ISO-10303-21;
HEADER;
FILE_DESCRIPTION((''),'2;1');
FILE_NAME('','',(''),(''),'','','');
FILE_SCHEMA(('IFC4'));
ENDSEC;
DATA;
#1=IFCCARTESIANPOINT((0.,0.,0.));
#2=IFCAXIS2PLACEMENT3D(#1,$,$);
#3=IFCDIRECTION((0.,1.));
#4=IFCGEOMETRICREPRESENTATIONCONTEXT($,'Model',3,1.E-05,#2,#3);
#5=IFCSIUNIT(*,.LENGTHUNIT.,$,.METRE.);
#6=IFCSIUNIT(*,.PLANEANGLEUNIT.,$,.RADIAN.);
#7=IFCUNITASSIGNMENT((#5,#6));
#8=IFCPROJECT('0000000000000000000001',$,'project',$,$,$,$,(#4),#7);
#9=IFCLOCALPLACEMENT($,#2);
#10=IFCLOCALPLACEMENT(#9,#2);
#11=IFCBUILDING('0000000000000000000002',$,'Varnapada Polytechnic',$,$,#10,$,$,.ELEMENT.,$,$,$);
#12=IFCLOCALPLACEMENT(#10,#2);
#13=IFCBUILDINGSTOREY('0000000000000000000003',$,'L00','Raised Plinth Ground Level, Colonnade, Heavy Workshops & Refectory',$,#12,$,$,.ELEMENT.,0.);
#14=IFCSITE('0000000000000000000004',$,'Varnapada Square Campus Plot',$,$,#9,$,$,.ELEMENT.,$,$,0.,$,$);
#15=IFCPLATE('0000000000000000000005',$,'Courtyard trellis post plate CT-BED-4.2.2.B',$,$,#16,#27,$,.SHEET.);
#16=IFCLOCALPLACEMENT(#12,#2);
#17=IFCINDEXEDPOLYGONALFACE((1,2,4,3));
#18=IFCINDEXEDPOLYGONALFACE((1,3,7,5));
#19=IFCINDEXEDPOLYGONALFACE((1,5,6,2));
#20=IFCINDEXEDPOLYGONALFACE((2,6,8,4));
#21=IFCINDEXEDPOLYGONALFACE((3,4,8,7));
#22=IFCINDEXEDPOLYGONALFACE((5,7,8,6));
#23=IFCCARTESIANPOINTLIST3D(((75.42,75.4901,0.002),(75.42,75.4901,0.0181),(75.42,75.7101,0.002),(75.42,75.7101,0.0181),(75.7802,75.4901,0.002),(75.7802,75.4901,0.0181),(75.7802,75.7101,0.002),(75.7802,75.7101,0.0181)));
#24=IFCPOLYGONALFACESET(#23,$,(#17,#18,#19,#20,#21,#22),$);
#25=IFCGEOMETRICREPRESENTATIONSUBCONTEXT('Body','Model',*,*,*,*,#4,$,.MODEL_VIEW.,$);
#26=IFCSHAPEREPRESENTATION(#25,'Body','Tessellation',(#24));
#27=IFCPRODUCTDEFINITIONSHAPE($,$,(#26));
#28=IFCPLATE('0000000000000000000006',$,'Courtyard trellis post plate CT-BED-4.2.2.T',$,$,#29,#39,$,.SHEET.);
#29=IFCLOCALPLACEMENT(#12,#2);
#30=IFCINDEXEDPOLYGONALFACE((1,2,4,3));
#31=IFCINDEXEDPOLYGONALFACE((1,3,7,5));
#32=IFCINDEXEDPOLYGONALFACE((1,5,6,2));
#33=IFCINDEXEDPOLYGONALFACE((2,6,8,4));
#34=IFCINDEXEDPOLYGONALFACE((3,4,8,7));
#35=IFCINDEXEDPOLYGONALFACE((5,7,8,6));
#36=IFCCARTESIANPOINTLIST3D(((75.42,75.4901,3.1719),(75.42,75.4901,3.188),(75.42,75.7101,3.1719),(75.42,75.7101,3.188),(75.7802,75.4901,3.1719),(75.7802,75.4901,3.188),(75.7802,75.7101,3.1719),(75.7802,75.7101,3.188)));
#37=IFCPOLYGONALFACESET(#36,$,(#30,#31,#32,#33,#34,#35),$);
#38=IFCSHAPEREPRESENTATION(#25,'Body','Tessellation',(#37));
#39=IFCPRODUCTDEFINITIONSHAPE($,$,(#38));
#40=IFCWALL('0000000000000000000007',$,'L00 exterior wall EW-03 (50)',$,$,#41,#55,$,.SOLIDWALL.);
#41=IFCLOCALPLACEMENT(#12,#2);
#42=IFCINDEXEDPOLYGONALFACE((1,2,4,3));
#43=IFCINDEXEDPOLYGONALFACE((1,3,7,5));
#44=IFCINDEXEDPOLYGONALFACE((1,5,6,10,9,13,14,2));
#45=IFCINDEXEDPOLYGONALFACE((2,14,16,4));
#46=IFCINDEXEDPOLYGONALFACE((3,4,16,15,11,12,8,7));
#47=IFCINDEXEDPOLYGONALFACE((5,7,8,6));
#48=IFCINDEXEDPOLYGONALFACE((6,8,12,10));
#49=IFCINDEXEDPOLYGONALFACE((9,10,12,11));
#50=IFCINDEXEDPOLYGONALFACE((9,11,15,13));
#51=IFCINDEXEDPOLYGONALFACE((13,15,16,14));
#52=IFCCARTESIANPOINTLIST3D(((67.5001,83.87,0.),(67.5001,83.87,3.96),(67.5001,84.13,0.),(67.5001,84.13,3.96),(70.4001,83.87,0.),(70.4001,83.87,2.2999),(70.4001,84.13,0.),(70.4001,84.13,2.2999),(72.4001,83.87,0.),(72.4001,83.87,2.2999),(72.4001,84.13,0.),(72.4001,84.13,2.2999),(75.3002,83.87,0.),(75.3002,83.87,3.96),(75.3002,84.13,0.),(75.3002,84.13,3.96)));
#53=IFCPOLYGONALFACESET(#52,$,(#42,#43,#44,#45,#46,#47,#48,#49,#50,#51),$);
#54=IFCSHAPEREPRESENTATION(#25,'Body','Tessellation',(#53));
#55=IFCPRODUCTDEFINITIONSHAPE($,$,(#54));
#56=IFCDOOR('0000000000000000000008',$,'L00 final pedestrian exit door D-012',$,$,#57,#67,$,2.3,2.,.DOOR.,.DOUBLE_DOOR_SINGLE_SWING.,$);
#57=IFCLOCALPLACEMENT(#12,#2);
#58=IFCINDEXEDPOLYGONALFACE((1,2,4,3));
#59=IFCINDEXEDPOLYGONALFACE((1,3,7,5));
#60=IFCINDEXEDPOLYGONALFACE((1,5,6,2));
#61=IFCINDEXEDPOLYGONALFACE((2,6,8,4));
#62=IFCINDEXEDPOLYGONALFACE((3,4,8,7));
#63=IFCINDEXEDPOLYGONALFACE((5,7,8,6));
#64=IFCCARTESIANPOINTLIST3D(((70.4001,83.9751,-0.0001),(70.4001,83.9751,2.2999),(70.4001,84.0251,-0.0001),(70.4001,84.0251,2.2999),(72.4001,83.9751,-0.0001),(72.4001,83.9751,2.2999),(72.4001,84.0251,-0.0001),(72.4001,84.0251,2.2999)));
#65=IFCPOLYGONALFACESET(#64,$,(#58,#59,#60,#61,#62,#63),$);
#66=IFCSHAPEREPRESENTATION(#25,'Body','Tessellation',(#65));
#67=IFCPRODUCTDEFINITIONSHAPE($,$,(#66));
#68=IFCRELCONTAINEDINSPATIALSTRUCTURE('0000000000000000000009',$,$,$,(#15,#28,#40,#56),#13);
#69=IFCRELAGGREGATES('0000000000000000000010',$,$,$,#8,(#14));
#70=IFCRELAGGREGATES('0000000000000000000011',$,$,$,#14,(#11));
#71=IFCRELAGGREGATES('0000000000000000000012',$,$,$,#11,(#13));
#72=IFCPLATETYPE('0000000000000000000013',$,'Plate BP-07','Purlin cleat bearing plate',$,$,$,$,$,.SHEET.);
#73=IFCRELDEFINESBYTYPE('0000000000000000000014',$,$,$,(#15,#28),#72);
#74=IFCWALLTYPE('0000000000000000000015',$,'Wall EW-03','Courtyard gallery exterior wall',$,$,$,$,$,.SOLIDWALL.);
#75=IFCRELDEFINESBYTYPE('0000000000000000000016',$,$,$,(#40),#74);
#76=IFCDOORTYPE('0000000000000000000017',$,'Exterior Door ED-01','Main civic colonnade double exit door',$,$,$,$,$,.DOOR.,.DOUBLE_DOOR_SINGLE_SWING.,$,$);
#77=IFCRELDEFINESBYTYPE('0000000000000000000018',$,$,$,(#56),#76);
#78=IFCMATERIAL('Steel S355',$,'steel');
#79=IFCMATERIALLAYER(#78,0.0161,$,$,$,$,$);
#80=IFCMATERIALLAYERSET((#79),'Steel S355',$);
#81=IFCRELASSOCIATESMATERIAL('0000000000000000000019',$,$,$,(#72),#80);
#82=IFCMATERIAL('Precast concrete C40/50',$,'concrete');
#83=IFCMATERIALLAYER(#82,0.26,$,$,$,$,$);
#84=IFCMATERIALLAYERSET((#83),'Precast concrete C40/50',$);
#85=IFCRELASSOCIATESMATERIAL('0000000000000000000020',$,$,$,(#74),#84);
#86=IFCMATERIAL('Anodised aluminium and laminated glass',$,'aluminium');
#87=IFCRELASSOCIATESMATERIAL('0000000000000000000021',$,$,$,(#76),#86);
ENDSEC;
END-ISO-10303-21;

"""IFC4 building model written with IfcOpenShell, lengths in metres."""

from ifc_helpers import new_model, si_unit, direction, frame, frame_2d, origin, origin_2d, place, context, subcontext, project, spatial, rectangle, extrude, material, layer, layer_set, type_object, element, fill, save


model = new_model("IFC4")

# Units and contexts
model_context = context("Model", 3, precision=1e-05, world=origin(), true_north=direction((0.0, 1.0)))
body_context = subcontext(model_context, "Body", "Model", "MODEL_VIEW")
ifc_project = project(units=[si_unit("LENGTHUNIT", "METRE"), si_unit("PLANEANGLEUNIT", "RADIAN")], contexts=[model_context])

# Site, building, storey
site_placement = place(None, origin())
site = spatial("IfcSite", under=ifc_project, at=site_placement, Name="Varnapada Square Campus Plot", CompositionType="ELEMENT", RefElevation=0.0)
building_placement = place(site_placement, origin())
building = spatial("IfcBuilding", under=site, at=building_placement, Name="Varnapada Polytechnic", CompositionType="ELEMENT")
storey_placement = place(building_placement, origin())
storey = spatial("IfcBuildingStorey", under=building, at=storey_placement, Name="L00", Description="Raised Plinth Ground Level, Colonnade, Heavy Workshops & Refectory", CompositionType="ELEMENT", Elevation=0.0)

# Shared definitions
ifc_material_1 = material(Name="Steel S355", Category="steel")

# Plates
ifc_layer_1 = layer(ifc_material_1, 0.0161)
ifc_layer_set_1 = layer_set([ifc_layer_1], Name="Steel S355")
plate_type = type_object("IfcPlateType", Name="Plate BP-07", Description="Purlin cleat bearing plate", PredefinedType="SHEET", material=ifc_layer_set_1)
for number, where, z_axis, x_axis, name in (
    (1, (75.6001, 75.6001, 0.002), (0.0, 0.0, 1.0), (1.0, 0.0, 0.0), "Courtyard trellis post plate CT-BED-4.2.2.B"),
    (2, (75.6001, 75.6001, 3.1719), (0.0, 0.0, 1.0), (1.0, 0.0, 0.0), "Courtyard trellis post plate CT-BED-4.2.2.T"),
):
    element("IfcPlate", number, at=place(storey_placement, frame(where, z_axis=z_axis, x_axis=x_axis)), inside=storey, type_object=plate_type, Name=name, PredefinedType="SHEET", context=body_context, shape_type="SweptSolid", body=[
        extrude(rectangle(XDim=0.3601, YDim=0.22, at=origin_2d()), origin(), (0.0, 0.0, 1.0), 0.0161),
    ])

# Wall, opening, door
ifc_material_2 = material(Name="Precast concrete C40/50", Category="concrete")
ifc_layer_2 = layer(ifc_material_2, 0.26)
ifc_layer_set_2 = layer_set([ifc_layer_2], Name="Precast concrete C40/50")
wall_type = type_object("IfcWallType", Name="Wall EW-03", Description="Courtyard gallery exterior wall", PredefinedType="SOLIDWALL", material=ifc_layer_set_2)
wall_placement = place(storey_placement, frame((75.3, 84.0, 0.0), z_axis=(0.0, 0.0, 1.0), x_axis=(-1.0, 0.0, 0.0)))
wall = element("IfcWall", 3, at=wall_placement, inside=storey, type_object=wall_type, Name="L00 exterior wall EW-03 (50)", PredefinedType="SOLIDWALL", context=body_context, shape_type="SweptSolid", body=[
    extrude(rectangle(XDim=7.8, YDim=0.26, at=frame_2d((3.8999, 0.0))), origin(), (0.0, 0.0, 1.0), 3.96),
])
opening_1_placement = place(wall_placement, frame((2.8999, 0.0, 0.0)))
opening_1 = element("IfcOpeningElement", 4, at=opening_1_placement, cuts=wall, PredefinedType="OPENING", context=body_context, shape_type="SweptSolid", body=[
    extrude(rectangle(XDim=2.0, YDim=2.3, at=frame_2d((1.0, 1.1499))), frame((0.0, 0.1399, 0.0), z_axis=(0.0, -1.0, 0.0), x_axis=(1.0, 0.0, 0.0)), (0.0, 0.0, 1.0), 0.28),
])
ifc_material_3 = material(Name="Anodised aluminium and laminated glass", Category="aluminium")
door_type = type_object("IfcDoorType", Name="Exterior Door ED-01", Description="Main civic colonnade double exit door", OperationType="DOUBLE_DOOR_SINGLE_SWING", PredefinedType="DOOR", material=ifc_material_3)
door_placement = place(opening_1_placement, origin())
door = element("IfcDoor", 5, at=door_placement, inside=storey, type_object=door_type, Name="L00 final pedestrian exit door D-012", OperationType="DOUBLE_DOOR_SINGLE_SWING", OverallHeight=2.3, OverallWidth=2.0, PredefinedType="DOOR", context=body_context, shape_type="SweptSolid", body=[
    extrude(rectangle(XDim=2.0, YDim=2.3, at=frame_2d((1.0, 1.1499))), frame((0.0, 0.0249, 0.0), z_axis=(0.0, -1.0, 0.0), x_axis=(1.0, 0.0, 0.0)), (0.0, 0.0, 1.0), 0.05),
])
fill(opening_1, door)

save(model, "model.ifc")
